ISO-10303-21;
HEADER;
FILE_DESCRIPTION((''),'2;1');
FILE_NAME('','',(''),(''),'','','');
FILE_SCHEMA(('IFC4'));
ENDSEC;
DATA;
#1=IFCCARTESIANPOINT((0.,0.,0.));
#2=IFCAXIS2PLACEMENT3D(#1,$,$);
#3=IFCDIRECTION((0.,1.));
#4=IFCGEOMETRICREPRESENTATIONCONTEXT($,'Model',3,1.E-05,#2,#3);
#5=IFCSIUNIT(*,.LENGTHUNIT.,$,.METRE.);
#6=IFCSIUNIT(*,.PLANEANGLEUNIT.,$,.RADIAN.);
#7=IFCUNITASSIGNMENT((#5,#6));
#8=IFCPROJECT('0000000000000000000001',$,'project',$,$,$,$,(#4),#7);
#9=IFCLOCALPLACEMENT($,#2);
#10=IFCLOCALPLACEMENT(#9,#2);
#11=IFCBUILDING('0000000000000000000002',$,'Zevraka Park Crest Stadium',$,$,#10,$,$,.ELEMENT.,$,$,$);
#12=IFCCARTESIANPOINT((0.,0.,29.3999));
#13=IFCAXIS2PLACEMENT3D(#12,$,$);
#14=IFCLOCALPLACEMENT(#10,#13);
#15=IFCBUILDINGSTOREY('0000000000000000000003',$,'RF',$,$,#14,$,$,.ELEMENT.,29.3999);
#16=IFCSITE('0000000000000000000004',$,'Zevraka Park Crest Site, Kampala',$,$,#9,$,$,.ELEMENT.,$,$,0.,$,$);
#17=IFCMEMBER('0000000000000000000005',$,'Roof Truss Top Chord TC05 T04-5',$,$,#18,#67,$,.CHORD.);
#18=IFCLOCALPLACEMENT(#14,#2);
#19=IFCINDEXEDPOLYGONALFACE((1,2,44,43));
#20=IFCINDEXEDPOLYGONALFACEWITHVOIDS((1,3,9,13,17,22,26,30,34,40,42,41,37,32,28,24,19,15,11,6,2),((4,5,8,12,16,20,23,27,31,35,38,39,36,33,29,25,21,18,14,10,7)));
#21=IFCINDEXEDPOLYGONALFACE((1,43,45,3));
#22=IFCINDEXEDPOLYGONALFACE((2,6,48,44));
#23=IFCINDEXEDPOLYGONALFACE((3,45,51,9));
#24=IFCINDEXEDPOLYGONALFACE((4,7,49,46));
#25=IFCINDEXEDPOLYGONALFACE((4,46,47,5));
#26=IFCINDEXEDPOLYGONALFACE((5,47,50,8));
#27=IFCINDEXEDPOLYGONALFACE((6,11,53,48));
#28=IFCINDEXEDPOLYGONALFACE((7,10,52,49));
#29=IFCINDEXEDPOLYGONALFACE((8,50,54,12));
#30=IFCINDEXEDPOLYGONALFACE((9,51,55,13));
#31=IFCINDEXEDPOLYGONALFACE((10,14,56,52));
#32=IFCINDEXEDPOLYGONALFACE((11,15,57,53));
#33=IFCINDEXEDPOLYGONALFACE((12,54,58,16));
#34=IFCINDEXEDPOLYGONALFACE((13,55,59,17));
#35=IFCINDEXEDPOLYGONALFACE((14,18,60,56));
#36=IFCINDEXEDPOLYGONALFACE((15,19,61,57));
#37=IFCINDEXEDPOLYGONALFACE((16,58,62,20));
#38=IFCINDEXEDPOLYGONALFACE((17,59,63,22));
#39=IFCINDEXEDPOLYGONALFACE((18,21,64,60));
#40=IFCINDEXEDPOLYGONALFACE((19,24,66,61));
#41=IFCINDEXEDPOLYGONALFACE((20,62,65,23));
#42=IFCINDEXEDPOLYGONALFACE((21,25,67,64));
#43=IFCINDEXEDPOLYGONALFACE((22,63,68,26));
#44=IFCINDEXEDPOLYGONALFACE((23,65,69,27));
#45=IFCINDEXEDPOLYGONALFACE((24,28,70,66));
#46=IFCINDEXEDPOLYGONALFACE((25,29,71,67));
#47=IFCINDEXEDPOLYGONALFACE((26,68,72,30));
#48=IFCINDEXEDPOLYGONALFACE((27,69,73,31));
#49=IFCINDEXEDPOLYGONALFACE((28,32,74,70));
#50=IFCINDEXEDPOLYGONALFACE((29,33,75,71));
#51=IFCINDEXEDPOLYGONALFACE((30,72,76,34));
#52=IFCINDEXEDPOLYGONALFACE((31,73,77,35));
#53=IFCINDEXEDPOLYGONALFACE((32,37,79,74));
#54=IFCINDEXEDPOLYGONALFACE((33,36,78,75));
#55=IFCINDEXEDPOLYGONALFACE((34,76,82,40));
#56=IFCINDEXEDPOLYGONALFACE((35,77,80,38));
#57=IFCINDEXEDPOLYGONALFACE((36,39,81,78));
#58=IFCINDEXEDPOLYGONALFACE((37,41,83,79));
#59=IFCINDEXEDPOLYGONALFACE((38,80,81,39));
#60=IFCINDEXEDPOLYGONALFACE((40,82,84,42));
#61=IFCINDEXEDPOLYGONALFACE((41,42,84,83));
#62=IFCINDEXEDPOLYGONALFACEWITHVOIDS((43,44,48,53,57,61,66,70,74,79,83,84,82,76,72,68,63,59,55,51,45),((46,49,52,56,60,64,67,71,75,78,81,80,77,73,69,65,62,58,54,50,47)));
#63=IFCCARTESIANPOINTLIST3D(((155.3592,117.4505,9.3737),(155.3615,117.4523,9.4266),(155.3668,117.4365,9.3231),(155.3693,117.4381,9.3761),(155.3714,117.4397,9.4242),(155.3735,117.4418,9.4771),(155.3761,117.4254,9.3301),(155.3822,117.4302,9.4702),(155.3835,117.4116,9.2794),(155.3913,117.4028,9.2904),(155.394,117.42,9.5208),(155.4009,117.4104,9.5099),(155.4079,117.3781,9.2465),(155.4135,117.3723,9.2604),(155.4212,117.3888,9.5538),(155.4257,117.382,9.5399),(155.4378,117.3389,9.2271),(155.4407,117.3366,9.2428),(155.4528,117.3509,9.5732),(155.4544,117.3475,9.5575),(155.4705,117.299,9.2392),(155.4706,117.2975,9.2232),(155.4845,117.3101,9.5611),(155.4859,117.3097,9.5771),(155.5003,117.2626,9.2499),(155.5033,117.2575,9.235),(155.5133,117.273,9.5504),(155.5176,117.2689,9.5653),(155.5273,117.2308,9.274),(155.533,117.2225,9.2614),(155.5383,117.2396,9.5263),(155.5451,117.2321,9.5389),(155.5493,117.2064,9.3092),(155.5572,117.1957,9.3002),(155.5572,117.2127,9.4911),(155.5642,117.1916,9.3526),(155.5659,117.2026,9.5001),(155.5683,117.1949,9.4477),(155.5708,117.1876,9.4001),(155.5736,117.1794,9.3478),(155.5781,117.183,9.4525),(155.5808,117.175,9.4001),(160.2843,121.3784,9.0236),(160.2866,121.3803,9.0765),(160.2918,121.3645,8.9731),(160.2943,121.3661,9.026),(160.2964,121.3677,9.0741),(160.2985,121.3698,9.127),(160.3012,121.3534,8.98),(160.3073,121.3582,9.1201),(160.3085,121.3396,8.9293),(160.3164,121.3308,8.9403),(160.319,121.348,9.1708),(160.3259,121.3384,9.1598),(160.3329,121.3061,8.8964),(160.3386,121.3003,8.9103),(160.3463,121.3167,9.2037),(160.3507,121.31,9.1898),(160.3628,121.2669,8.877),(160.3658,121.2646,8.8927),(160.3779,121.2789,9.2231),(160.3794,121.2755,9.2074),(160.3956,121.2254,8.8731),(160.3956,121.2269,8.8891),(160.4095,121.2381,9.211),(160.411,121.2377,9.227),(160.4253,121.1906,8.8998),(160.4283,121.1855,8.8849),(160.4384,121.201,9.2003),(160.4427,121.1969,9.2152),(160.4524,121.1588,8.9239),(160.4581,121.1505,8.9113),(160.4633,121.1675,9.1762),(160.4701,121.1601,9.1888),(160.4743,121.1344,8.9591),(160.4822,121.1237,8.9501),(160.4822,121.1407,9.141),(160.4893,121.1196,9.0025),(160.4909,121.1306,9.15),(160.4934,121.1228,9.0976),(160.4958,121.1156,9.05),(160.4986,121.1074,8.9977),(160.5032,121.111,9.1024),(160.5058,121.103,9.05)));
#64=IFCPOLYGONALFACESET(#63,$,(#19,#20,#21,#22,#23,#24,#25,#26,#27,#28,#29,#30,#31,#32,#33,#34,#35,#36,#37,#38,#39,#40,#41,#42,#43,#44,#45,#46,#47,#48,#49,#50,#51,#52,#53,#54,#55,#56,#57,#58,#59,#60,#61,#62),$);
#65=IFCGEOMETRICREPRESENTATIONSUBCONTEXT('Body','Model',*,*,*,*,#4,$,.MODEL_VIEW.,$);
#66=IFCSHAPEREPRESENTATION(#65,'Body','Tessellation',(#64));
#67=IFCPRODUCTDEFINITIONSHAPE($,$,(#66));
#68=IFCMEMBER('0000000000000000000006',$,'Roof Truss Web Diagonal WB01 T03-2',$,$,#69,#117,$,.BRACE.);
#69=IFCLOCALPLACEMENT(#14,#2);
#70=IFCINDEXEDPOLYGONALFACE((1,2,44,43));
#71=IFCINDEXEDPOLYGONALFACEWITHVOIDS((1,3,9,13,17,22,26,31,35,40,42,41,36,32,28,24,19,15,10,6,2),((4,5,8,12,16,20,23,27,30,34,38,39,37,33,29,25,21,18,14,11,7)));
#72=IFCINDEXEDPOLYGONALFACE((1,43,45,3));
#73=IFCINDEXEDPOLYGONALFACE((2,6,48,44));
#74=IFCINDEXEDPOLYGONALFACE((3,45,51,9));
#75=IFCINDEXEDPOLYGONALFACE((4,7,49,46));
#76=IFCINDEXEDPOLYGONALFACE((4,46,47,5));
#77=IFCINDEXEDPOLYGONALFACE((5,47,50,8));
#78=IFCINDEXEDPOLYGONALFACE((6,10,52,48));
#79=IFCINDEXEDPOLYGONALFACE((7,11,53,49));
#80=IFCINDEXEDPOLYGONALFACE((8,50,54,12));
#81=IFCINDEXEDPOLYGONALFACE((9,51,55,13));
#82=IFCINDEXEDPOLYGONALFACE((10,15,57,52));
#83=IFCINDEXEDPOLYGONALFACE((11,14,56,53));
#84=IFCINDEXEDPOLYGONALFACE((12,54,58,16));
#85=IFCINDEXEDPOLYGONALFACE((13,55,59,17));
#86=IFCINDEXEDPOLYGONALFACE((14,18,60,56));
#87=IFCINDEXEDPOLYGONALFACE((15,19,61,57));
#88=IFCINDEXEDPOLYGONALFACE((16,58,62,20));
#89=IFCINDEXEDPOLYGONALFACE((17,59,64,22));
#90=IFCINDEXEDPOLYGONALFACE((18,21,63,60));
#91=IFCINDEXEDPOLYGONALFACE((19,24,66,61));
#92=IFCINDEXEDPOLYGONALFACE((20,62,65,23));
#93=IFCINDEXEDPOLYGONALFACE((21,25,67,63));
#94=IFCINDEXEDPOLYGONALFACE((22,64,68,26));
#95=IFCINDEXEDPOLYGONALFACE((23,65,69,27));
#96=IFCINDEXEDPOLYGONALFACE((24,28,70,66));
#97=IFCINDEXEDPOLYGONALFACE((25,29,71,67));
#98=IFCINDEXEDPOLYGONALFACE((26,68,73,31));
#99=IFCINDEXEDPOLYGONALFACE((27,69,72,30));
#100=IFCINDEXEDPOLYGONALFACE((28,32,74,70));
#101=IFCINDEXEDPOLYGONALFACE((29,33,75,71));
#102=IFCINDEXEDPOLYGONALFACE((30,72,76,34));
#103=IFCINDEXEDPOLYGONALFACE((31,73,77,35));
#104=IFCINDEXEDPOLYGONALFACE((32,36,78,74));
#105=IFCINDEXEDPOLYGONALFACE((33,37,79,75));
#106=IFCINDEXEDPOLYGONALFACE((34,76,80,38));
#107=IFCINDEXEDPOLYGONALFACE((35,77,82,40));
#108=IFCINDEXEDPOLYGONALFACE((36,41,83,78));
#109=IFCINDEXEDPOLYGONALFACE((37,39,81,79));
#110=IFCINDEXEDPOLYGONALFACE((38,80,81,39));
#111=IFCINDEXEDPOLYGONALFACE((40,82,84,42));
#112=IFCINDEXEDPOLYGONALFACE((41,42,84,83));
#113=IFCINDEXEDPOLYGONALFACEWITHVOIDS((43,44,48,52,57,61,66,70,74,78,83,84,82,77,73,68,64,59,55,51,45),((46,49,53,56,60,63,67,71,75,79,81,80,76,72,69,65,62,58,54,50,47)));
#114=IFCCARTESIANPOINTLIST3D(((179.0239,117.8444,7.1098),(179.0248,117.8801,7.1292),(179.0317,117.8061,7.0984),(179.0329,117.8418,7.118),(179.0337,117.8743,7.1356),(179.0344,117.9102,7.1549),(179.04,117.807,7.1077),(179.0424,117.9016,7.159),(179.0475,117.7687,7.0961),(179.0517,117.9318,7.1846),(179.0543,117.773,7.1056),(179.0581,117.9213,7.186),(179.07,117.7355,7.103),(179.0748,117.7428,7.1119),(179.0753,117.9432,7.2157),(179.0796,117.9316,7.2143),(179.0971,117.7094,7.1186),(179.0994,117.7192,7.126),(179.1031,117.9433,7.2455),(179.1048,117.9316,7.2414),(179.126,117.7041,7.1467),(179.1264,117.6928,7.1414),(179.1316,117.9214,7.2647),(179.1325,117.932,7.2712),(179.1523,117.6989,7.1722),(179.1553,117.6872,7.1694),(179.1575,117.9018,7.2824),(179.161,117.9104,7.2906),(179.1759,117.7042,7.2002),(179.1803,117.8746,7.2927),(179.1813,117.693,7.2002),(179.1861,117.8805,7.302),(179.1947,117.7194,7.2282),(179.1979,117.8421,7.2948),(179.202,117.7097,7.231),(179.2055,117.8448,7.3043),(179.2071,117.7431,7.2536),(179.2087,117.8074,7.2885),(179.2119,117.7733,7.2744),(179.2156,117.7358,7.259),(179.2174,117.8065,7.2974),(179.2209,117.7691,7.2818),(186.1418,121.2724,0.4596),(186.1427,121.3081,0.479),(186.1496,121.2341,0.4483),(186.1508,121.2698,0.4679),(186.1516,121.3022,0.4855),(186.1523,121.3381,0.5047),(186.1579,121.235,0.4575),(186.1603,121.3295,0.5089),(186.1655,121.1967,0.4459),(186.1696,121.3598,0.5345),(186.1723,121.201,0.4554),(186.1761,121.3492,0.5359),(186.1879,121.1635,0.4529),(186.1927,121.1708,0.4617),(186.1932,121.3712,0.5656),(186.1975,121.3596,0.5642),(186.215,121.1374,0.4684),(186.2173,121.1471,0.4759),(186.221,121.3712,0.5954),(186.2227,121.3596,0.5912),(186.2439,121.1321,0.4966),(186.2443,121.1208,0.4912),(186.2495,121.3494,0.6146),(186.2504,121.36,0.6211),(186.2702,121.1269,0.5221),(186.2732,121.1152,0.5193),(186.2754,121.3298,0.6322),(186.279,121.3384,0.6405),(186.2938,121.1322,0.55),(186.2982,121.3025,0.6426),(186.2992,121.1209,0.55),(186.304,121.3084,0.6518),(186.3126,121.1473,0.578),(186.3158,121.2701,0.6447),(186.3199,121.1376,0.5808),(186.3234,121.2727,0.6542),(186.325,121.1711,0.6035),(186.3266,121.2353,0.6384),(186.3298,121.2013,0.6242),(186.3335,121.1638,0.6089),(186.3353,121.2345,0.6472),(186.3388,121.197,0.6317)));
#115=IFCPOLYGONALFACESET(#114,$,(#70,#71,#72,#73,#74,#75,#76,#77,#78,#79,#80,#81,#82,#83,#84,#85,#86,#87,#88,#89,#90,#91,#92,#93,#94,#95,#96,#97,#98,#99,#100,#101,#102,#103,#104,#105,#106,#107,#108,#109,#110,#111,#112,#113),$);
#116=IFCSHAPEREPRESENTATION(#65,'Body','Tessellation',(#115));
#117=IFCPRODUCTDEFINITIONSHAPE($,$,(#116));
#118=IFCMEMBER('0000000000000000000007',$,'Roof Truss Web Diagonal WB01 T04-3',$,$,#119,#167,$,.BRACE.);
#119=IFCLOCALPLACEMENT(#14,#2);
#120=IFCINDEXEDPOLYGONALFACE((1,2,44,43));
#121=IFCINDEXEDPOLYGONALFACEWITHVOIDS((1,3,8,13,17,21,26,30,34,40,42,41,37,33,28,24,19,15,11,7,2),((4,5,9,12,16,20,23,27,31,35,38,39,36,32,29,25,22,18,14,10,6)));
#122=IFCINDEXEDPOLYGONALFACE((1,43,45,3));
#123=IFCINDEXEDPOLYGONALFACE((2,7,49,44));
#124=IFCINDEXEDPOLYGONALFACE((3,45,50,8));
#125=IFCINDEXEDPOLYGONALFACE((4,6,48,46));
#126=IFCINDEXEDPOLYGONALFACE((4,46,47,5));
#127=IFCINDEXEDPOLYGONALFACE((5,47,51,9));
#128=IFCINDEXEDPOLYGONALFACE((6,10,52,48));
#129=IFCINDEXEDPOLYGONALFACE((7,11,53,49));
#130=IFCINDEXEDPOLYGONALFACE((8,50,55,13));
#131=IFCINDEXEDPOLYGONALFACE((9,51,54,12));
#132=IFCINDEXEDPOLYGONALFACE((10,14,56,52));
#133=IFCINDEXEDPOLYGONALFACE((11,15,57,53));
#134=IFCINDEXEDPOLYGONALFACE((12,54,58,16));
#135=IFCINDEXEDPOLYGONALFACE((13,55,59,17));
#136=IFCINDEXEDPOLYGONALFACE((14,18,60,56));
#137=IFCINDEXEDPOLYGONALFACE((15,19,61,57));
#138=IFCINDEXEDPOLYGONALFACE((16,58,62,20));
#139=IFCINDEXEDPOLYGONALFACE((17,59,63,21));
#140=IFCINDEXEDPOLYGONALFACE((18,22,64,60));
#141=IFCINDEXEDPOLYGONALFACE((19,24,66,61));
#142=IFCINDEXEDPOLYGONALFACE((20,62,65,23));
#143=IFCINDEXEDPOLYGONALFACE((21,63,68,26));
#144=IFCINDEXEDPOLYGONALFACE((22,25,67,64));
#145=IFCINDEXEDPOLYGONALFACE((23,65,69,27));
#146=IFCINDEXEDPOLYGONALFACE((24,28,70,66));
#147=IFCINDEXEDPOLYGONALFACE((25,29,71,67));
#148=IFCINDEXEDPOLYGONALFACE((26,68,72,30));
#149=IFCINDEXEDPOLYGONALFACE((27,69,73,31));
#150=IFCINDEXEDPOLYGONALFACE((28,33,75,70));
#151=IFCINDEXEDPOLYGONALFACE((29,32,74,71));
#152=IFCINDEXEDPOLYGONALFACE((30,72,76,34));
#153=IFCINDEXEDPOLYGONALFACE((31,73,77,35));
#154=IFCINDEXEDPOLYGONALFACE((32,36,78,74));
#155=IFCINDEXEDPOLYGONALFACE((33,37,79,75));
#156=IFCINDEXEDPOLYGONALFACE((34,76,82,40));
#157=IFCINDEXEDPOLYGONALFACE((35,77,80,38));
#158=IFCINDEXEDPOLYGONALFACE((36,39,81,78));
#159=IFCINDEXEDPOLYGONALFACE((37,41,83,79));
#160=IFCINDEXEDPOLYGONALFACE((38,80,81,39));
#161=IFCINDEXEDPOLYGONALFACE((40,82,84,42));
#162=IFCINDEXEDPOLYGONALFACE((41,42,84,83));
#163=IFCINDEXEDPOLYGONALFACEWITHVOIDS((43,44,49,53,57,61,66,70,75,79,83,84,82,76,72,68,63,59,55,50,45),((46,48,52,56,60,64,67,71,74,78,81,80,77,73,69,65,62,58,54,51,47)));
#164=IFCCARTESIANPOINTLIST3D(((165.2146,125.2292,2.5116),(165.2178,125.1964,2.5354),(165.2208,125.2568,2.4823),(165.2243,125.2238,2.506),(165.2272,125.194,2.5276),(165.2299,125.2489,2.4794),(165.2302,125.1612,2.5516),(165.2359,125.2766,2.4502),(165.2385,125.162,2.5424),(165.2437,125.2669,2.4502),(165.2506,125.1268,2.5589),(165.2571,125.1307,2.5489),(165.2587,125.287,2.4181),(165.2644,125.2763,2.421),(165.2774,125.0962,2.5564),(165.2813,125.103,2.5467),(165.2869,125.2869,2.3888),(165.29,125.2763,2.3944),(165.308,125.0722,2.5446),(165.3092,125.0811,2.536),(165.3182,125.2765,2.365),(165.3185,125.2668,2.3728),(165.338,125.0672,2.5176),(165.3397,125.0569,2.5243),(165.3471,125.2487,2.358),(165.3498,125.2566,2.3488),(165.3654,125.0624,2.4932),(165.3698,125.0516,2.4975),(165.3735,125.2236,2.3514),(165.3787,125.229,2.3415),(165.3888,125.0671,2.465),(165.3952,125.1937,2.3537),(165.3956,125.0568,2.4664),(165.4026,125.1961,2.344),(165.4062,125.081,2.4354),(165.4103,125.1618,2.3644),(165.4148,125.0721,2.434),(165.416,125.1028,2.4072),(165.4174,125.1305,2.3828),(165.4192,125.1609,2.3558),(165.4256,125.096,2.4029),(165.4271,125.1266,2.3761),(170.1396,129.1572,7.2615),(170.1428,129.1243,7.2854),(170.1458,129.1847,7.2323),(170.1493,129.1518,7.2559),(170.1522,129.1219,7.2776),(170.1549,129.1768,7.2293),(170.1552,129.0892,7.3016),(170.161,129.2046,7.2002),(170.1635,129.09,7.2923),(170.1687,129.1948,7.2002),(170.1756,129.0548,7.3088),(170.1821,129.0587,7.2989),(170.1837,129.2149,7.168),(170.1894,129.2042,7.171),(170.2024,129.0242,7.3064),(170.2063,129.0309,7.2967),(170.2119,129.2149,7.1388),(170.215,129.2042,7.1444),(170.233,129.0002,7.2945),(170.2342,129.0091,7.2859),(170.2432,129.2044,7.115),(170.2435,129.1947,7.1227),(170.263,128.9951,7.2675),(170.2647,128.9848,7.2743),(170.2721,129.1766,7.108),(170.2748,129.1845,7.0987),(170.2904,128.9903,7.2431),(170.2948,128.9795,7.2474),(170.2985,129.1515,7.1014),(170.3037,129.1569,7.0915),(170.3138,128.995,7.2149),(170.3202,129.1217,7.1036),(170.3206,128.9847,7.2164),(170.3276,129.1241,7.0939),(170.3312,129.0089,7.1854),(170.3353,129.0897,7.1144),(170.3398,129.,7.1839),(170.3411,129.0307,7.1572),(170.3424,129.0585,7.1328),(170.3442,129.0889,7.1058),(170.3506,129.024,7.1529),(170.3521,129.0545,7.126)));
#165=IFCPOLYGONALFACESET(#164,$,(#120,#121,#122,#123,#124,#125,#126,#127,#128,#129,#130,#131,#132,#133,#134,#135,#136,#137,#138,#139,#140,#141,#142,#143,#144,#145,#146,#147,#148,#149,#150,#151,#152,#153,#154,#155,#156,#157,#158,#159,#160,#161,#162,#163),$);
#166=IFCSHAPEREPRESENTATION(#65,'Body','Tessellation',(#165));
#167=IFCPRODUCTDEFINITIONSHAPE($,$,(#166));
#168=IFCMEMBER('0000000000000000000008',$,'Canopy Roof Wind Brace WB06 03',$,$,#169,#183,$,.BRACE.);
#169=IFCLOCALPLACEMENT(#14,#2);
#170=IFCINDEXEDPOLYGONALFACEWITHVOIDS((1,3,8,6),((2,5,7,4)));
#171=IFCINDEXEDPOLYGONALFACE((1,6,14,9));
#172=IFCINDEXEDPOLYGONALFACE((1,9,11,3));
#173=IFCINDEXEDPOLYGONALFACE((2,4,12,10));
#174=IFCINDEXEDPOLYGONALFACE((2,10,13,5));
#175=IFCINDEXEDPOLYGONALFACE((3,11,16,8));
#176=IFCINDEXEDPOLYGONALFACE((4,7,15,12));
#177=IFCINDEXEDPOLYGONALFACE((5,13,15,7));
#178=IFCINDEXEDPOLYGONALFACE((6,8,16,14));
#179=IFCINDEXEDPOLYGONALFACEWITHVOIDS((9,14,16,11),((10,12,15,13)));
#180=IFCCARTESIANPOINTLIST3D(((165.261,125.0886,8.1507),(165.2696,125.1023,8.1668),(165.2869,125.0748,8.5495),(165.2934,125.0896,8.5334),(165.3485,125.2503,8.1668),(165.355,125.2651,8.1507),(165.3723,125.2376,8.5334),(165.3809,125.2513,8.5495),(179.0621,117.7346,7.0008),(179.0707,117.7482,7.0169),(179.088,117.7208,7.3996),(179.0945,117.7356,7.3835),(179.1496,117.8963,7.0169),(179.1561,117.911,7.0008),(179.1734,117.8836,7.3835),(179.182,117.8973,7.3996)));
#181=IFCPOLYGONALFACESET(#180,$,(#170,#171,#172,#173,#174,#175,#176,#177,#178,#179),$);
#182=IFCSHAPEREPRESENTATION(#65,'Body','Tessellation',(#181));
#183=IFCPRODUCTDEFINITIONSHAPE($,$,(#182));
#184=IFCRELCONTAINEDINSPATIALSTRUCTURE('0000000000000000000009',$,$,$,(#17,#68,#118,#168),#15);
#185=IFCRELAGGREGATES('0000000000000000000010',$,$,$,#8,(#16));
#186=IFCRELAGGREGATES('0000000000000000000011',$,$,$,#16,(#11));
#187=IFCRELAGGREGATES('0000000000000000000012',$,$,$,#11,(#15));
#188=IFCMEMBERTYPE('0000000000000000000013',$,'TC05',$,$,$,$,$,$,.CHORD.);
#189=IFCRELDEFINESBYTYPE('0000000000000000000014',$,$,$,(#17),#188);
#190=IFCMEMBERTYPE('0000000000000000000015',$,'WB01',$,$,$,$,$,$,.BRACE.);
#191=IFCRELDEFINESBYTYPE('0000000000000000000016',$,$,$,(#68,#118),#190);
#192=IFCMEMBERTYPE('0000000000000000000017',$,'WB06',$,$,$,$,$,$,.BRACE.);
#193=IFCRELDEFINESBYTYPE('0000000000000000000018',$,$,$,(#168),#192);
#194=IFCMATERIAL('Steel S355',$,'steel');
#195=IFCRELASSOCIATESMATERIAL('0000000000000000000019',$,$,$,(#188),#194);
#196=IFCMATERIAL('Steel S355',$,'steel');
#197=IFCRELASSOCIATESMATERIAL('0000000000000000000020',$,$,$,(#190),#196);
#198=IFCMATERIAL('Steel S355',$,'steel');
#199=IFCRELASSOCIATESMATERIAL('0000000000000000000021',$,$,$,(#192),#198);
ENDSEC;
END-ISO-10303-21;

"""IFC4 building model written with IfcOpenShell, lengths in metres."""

from ifc_helpers import new_model, si_unit, direction, frame, origin, origin_2d, place, context, subcontext, project, spatial, hollow_rectangle, hollow_circle, extrude, material, material_profile, profile_set, type_object, element, save


model = new_model("IFC4")

# Units and contexts
model_context = context("Model", 3, precision=1e-05, world=origin(), true_north=direction((0.0, 1.0)))
body_context = subcontext(model_context, "Body", "Model", "MODEL_VIEW")
ifc_project = project(units=[si_unit("LENGTHUNIT", "METRE"), si_unit("PLANEANGLEUNIT", "RADIAN")], contexts=[model_context])

# Site, building, storey
site_placement = place(None, origin())
site = spatial("IfcSite", under=ifc_project, at=site_placement, Name="Zevraka Park Crest Site, Kampala", CompositionType="ELEMENT", RefElevation=0.0)
building_placement = place(site_placement, origin())
building = spatial("IfcBuilding", under=site, at=building_placement, Name="Zevraka Park Crest Stadium", CompositionType="ELEMENT")
storey_placement = place(building_placement, frame((0.0, 0.0, 29.3999)))
storey = spatial("IfcBuildingStorey", under=building, at=storey_placement, Name="RF", CompositionType="ELEMENT", Elevation=29.3999)

# Members
ifc_material_1 = material(Name="Steel S355", Category="steel")
ifc_material_profile_1 = material_profile(ifc_material_1, hollow_circle(Radius=0.1777, WallThickness=0.0161, at=origin_2d()), Name="CHS 355.6x16")
ifc_profile_set_1 = profile_set([ifc_material_profile_1], Name="Steel S355")
member_type_1 = type_object("IfcMemberType", Name="TC05", PredefinedType="CHORD", material=ifc_profile_set_1)
member_1_placement = place(storey_placement, frame((160.395, 121.2419, 9.05), z_axis=(-0.780597, -0.622566, 0.055489), x_axis=(0.623527, -0.781802, 0.0)))
element("IfcMember", 1, at=member_1_placement, inside=storey, type_object=member_type_1, Name="Roof Truss Top Chord TC05 T04-5", PredefinedType="CHORD", context=body_context, shape_type="SweptSolid", body=[
    extrude(hollow_circle(Radius=0.1777, WallThickness=0.0161, at=origin_2d()), origin(), (0.0, 0.0, 1.0), 6.3093),
])
ifc_material_2 = material(Name="Steel S355", Category="steel")
ifc_material_profile_2 = material_profile(ifc_material_2, hollow_circle(Radius=0.1365, WallThickness=0.0125, at=origin_2d()), Name="CHS 273.0x12.5")
ifc_profile_set_2 = profile_set([ifc_material_profile_2], Name="Steel S355")
member_type_2 = type_object("IfcMemberType", Name="WB01", PredefinedType="BRACE", material=ifc_profile_set_2)
member_2_placement = place(storey_placement, frame((186.24, 121.2439, 0.55), z_axis=(-0.689275, -0.331954, 0.643977), x_axis=(0.433901, -0.900961, 0.0)))
element("IfcMember", 2, at=member_2_placement, inside=storey, type_object=member_type_2, Name="Roof Truss Web Diagonal WB01 T03-2", PredefinedType="BRACE", context=body_context, shape_type="SweptSolid", body=[
    extrude(hollow_circle(Radius=0.1365, WallThickness=0.0125, at=origin_2d()), origin(), (0.0, 0.0, 1.0), 10.3267),
])
member_3_placement = place(storey_placement, frame((165.321, 125.1699, 2.4502), z_axis=(0.624237, 0.497861, 0.60205), x_axis=(-0.623527, 0.781802, 0.0)))
element("IfcMember", 3, at=member_3_placement, inside=storey, type_object=member_type_2, Name="Roof Truss Web Diagonal WB01 T04-3", PredefinedType="BRACE", context=body_context, shape_type="SweptSolid", body=[
    extrude(hollow_circle(Radius=0.1365, WallThickness=0.0125, at=origin_2d()), origin(), (0.0, 0.0, 1.0), 7.8896),
])
ifc_material_3 = material(Name="Steel S355", Category="steel")
ifc_material_profile_3 = material_profile(ifc_material_3, hollow_rectangle(XDim=0.2, YDim=0.3999, WallThickness=0.0161, at=origin_2d()), Name="RHS 400x200x16")
ifc_profile_set_3 = profile_set([ifc_material_profile_3], Name="Steel S355")
member_type_3 = type_object("IfcMemberType", Name="WB06", PredefinedType="BRACE", material=ifc_profile_set_3)
member_4_placement = place(storey_placement, frame((179.1221, 117.8159, 7.2002), z_axis=(-0.88015, 0.468996, 0.073334), x_axis=(-0.470262, -0.882527, 0.0)))
element("IfcMember", 4, at=member_4_placement, inside=storey, type_object=member_type_3, Name="Canopy Roof Wind Brace WB06 03", PredefinedType="BRACE", context=body_context, shape_type="SweptSolid", body=[
    extrude(hollow_rectangle(XDim=0.2, YDim=0.3999, WallThickness=0.0161, at=origin_2d()), origin(), (0.0, 0.0, 1.0), 15.6804),
])

save(model, "model.ifc")
